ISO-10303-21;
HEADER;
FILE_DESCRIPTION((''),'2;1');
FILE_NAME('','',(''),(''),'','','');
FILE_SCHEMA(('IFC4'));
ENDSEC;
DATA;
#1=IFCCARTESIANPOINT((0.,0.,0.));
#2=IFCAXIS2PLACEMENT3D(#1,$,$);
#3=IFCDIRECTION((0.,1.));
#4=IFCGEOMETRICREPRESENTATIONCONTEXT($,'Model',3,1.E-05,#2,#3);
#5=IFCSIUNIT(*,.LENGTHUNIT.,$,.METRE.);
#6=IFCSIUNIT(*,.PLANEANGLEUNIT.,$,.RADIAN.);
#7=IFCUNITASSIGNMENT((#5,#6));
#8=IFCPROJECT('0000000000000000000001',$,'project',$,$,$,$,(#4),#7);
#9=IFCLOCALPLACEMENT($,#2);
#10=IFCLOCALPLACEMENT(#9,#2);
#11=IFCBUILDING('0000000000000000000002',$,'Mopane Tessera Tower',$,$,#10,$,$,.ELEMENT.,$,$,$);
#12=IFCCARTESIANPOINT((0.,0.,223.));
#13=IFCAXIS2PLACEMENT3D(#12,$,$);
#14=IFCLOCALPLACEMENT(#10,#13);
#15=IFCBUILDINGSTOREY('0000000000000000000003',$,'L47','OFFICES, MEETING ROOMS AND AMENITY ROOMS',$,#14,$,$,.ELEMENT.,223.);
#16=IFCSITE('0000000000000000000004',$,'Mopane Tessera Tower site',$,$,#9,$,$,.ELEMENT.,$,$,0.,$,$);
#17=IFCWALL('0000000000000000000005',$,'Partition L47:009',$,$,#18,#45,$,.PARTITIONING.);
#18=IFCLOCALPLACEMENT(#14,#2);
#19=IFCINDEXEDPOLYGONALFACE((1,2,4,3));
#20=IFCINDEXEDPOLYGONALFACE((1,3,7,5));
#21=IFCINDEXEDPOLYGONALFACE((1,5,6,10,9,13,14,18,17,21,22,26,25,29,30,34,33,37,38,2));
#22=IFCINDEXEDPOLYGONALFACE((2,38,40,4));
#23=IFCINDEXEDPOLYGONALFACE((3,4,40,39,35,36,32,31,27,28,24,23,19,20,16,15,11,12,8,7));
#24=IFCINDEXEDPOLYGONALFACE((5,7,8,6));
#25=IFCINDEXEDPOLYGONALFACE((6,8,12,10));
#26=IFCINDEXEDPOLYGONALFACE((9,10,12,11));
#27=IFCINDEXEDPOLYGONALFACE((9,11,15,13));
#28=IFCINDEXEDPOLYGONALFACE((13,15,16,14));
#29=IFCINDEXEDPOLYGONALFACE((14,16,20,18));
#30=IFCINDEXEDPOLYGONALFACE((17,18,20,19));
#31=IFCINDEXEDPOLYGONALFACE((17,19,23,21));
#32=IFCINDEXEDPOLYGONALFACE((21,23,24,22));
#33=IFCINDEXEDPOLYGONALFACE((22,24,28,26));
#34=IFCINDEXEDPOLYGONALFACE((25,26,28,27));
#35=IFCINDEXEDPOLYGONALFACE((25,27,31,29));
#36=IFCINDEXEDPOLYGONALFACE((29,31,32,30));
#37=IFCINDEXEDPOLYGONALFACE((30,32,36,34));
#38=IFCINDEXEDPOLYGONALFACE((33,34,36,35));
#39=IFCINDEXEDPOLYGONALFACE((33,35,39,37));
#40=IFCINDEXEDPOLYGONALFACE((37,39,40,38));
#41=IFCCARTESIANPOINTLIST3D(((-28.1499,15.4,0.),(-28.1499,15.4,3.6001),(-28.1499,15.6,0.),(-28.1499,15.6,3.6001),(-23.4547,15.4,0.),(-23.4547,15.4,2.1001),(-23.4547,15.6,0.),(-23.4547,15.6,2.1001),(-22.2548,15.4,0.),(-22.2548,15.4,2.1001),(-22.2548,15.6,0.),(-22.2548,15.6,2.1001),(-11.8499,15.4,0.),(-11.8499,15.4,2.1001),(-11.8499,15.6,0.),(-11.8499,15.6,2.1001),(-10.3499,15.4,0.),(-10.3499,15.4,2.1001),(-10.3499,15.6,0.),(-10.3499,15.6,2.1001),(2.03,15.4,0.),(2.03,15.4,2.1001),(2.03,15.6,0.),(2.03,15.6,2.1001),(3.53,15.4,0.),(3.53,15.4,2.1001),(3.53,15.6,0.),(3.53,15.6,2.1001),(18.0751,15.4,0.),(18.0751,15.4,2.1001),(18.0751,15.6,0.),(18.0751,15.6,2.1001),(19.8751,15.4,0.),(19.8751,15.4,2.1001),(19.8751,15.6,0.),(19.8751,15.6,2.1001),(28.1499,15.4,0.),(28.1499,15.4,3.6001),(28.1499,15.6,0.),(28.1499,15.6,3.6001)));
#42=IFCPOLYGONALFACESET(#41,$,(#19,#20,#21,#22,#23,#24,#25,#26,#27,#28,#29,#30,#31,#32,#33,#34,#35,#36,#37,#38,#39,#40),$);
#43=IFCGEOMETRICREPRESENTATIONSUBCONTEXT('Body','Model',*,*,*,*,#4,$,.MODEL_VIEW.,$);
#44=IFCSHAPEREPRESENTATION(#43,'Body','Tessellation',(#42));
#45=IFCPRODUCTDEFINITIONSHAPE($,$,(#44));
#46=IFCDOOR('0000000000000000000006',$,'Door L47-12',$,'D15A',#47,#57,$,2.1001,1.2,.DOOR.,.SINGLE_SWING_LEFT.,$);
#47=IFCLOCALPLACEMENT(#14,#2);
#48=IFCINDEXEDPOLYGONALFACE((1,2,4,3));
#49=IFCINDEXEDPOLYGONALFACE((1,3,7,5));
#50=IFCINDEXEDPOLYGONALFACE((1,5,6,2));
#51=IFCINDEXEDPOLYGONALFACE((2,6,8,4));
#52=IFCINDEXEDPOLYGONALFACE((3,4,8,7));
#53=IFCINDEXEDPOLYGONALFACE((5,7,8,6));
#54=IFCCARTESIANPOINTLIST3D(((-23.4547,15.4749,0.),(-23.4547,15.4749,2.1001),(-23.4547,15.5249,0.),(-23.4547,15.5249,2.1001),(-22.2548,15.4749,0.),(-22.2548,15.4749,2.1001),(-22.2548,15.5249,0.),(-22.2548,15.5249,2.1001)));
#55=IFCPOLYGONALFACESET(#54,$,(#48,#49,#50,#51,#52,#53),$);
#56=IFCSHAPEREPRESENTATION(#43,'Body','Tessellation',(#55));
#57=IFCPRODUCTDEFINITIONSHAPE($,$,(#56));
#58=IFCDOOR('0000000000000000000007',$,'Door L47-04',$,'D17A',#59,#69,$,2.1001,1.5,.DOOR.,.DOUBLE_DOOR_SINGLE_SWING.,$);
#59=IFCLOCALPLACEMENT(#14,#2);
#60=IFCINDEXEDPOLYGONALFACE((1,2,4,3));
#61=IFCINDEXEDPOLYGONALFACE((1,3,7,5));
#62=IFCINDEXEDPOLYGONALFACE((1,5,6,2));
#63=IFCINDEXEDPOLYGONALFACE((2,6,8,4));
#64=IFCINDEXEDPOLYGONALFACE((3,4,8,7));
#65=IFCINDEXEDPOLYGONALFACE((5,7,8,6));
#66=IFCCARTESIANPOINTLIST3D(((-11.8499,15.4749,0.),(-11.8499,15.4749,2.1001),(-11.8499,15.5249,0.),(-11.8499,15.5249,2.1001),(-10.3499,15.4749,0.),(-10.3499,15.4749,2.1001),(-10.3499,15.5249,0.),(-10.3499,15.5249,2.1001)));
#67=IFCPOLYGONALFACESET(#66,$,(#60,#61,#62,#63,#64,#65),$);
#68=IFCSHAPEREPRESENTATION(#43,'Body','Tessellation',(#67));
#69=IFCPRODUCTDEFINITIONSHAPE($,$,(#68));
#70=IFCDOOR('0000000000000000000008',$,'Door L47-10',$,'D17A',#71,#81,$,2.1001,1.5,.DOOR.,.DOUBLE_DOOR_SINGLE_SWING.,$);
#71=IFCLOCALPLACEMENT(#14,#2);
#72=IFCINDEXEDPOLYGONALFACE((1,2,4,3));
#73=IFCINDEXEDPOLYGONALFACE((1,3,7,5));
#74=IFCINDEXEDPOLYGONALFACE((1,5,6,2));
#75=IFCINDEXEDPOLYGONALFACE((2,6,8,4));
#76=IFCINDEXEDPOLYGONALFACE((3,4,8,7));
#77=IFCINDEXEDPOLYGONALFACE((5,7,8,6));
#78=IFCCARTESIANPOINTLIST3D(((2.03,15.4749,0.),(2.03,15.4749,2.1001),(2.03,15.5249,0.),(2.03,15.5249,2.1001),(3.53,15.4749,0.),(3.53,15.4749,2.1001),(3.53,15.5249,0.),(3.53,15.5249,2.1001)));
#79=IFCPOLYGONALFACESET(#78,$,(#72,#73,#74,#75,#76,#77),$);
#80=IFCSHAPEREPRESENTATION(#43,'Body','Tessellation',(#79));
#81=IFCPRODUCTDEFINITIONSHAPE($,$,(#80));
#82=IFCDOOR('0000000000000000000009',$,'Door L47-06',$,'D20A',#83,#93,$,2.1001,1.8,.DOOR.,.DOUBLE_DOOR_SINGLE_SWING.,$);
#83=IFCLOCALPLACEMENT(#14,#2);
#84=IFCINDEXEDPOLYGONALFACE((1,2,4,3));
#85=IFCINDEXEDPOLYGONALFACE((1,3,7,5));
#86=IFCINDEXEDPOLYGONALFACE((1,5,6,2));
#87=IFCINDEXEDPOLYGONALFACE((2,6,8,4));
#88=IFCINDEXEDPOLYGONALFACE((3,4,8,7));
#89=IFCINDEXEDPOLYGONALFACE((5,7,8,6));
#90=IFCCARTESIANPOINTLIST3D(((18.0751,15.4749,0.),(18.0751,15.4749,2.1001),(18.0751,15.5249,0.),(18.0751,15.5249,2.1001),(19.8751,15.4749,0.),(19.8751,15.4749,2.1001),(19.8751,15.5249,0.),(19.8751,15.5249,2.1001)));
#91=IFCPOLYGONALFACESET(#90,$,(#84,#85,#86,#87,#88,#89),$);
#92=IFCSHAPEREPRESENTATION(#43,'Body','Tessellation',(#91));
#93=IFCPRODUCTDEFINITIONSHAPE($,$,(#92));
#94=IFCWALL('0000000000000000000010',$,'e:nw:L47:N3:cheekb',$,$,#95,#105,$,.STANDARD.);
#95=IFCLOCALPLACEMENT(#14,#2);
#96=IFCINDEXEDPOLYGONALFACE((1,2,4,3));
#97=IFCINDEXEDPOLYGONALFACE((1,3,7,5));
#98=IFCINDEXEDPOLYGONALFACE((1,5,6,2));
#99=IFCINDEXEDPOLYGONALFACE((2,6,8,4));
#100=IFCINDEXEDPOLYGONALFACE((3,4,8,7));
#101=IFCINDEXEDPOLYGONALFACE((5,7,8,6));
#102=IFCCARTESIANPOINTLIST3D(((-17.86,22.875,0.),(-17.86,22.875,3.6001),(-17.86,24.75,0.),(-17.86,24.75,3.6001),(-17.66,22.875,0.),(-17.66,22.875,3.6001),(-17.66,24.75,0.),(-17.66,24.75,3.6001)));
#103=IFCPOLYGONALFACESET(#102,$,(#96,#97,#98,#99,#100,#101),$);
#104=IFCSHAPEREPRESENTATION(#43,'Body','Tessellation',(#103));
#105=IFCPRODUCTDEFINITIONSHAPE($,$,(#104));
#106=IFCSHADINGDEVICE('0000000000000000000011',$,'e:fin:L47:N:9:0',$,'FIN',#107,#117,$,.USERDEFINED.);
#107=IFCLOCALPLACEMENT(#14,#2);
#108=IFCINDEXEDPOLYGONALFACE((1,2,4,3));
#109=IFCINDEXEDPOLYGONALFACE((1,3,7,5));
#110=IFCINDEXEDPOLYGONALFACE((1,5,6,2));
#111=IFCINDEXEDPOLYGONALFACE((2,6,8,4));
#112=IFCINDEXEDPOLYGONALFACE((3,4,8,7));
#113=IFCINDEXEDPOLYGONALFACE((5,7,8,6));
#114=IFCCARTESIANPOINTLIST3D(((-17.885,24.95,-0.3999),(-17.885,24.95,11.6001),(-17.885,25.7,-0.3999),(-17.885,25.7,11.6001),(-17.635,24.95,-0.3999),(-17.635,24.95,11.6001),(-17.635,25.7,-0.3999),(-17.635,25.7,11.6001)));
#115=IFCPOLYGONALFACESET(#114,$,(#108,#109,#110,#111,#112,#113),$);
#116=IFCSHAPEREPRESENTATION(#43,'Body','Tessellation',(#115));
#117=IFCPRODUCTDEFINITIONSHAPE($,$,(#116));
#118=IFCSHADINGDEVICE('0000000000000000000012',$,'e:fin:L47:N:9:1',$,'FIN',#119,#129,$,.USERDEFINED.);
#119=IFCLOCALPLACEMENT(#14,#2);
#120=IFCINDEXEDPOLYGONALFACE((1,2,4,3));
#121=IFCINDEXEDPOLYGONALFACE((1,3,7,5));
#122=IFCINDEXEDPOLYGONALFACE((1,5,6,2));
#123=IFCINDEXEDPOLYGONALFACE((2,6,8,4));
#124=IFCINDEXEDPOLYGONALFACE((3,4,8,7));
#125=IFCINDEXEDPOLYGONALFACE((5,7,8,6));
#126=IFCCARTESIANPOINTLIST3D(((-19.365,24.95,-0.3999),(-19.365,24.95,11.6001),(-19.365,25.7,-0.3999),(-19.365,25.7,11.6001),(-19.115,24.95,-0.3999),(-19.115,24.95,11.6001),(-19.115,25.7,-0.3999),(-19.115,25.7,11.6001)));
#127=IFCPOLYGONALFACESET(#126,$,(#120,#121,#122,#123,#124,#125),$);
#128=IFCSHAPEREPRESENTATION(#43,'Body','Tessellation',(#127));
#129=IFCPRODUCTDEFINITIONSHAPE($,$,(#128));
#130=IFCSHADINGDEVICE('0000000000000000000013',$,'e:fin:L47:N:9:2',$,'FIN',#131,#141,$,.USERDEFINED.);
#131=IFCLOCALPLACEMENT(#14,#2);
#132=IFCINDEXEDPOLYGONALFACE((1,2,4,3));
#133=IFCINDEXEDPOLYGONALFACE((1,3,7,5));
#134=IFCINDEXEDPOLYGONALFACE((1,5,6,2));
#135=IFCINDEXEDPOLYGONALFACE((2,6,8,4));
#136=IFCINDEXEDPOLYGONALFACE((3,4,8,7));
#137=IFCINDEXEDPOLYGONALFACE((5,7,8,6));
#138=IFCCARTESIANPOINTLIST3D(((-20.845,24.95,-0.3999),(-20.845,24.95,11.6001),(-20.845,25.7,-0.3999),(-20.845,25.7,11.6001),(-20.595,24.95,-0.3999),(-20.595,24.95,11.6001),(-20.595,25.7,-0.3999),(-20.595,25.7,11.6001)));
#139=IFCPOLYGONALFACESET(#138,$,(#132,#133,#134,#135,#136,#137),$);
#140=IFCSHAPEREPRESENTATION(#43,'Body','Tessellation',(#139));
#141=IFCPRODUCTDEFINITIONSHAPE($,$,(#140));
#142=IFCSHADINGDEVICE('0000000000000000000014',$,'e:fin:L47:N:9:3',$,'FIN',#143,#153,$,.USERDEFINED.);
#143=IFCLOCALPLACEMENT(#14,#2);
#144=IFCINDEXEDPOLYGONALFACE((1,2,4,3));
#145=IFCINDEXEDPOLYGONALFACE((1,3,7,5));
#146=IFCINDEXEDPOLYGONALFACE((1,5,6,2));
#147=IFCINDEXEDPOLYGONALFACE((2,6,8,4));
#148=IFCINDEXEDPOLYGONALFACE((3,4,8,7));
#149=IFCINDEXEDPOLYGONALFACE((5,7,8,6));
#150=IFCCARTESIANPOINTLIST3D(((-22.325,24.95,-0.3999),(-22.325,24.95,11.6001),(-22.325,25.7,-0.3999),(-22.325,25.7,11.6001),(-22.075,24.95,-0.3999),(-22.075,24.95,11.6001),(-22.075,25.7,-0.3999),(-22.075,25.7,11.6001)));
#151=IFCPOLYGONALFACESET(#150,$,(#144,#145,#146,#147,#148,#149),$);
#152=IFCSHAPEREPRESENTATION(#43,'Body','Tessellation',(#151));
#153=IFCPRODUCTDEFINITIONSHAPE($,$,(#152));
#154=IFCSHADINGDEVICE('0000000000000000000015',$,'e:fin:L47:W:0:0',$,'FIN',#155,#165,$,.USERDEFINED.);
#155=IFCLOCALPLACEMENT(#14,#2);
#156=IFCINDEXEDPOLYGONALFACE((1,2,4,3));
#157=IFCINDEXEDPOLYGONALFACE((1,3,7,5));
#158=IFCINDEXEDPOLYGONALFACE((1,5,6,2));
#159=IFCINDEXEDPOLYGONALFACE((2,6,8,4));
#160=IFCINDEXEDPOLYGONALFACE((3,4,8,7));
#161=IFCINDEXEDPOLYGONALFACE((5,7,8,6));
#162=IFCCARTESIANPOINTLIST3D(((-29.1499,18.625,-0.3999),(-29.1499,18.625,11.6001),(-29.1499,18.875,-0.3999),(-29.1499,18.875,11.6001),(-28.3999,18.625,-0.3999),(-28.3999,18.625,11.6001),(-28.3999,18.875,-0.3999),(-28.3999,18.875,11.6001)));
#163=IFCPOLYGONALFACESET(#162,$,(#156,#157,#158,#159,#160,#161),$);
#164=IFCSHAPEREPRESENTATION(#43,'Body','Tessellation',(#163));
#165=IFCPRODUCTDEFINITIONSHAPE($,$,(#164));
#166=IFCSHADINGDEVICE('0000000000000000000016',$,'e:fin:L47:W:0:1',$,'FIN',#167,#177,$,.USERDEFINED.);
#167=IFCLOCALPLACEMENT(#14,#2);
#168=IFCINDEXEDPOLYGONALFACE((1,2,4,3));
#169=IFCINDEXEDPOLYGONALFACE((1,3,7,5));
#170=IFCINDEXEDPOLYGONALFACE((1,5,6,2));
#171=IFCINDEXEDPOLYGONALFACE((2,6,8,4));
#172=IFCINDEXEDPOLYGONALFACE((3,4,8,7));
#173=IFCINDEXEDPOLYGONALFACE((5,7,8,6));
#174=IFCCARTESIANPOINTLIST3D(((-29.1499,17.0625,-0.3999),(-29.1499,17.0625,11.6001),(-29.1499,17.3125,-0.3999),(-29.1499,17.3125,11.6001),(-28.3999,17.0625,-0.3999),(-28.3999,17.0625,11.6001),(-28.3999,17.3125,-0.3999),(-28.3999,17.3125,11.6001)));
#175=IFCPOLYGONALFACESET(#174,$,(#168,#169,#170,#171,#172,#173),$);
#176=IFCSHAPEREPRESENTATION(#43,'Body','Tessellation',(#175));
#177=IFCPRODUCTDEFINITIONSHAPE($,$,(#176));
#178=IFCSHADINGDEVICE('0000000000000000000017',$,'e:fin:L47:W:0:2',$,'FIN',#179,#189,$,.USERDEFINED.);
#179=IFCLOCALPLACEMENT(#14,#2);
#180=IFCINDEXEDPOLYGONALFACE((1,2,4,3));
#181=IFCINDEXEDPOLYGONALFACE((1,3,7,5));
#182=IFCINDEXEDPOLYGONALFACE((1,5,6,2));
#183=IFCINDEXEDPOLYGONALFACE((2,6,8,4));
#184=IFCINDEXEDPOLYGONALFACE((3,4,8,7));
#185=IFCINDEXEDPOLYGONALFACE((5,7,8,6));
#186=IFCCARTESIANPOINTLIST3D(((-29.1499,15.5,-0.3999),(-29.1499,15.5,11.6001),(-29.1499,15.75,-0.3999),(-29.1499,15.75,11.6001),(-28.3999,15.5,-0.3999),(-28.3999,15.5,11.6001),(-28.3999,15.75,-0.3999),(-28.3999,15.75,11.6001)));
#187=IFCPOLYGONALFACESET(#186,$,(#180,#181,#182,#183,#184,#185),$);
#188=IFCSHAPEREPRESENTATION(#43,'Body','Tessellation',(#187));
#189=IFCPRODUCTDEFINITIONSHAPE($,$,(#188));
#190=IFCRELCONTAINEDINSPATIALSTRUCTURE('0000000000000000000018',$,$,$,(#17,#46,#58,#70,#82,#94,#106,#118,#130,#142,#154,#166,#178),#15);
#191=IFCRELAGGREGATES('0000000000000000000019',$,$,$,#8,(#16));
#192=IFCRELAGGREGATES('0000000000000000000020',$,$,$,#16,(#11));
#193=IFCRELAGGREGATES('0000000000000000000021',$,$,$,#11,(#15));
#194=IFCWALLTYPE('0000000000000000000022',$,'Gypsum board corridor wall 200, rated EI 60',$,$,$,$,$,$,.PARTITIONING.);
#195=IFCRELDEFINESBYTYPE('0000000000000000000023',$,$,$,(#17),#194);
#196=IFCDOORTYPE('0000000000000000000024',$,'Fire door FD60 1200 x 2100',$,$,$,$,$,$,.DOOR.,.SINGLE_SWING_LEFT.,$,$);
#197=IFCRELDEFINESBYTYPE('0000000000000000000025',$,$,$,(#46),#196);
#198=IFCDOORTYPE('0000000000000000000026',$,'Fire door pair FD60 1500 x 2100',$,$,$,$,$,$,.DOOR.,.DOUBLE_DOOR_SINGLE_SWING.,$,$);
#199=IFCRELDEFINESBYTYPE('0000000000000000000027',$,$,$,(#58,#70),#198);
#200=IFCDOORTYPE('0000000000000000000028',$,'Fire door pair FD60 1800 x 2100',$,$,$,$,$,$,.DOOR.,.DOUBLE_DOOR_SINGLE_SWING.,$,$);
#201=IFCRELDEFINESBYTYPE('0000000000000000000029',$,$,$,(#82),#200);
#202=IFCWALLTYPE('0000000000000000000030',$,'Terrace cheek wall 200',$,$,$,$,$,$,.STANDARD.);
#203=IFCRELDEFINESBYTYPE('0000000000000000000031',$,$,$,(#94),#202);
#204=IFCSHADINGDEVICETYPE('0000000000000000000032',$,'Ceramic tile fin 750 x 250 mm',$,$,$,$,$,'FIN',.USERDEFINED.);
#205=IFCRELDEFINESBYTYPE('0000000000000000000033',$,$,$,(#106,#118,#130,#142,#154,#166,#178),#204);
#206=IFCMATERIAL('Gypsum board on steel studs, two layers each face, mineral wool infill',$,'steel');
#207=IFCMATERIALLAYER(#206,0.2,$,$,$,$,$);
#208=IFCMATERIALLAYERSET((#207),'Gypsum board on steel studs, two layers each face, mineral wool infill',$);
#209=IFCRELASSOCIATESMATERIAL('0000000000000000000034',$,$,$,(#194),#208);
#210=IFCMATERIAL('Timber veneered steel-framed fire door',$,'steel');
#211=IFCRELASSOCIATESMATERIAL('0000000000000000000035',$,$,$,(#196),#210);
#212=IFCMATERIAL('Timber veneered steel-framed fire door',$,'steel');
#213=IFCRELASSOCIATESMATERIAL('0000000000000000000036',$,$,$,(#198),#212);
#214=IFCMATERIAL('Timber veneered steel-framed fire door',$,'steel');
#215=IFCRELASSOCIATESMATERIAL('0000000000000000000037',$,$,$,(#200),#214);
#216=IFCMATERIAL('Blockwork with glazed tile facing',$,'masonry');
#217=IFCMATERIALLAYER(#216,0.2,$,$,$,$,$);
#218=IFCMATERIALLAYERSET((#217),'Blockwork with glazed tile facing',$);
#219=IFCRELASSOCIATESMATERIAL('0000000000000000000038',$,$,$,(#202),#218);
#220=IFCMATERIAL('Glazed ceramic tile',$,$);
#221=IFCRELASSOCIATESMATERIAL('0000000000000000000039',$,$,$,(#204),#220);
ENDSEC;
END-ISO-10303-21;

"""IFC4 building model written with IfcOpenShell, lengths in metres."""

from ifc_helpers import new_model, si_unit, direction, frame, frame_2d, origin, origin_2d, place, context, subcontext, project, spatial, rectangle, extrude, material, layer, layer_set, type_object, element, fill, save


model = new_model("IFC4")

# Units and contexts
model_context = context("Model", 3, precision=1e-05, world=origin(), true_north=direction((0.0, 1.0)))
body_context = subcontext(model_context, "Body", "Model", "MODEL_VIEW")
ifc_project = project(units=[si_unit("LENGTHUNIT", "METRE"), si_unit("PLANEANGLEUNIT", "RADIAN")], contexts=[model_context])

# Site, building, storey
site_placement = place(None, origin())
site = spatial("IfcSite", under=ifc_project, at=site_placement, Name="Mopane Tessera Tower site", CompositionType="ELEMENT", RefElevation=0.0)
building_placement = place(site_placement, origin())
building = spatial("IfcBuilding", under=site, at=building_placement, Name="Mopane Tessera Tower", CompositionType="ELEMENT")
storey_placement = place(building_placement, frame((0.0, 0.0, 223.0)))
storey = spatial("IfcBuildingStorey", under=building, at=storey_placement, Name="L47", Description="OFFICES, MEETING ROOMS AND AMENITY ROOMS", CompositionType="ELEMENT", Elevation=223.0)

# Wall, openings, doors
ifc_material_1 = material(Name="Gypsum board on steel studs, two layers each face, mineral wool infill", Category="steel")
ifc_layer_1 = layer(ifc_material_1, 0.2)
ifc_layer_set_1 = layer_set([ifc_layer_1], Name="Gypsum board on steel studs, two layers each face, mineral wool infill")
wall_type_1 = type_object("IfcWallType", Name="Gypsum board corridor wall 200, rated EI 60", PredefinedType="PARTITIONING", material=ifc_layer_set_1)
wall_1_placement = place(storey_placement, frame((-28.1499, 15.5, 0.0), z_axis=(0.0, 0.0, 1.0), x_axis=(1.0, 0.0, 0.0)))
wall_1 = element("IfcWall", 1, at=wall_1_placement, inside=storey, type_object=wall_type_1, Name="Partition L47:009", PredefinedType="PARTITIONING", context=body_context, shape_type="SweptSolid", body=[
    extrude(rectangle(XDim=56.2998, YDim=0.2, at=frame_2d((28.1499, 0.0))), origin(), (0.0, 0.0, 1.0), 3.6001),
])
opening_1_placement = place(wall_1_placement, frame((16.3, 0.0, 0.0)))
opening_1 = element("IfcOpeningElement", 2, at=opening_1_placement, cuts=wall_1, PredefinedType="OPENING", context=body_context, shape_type="SweptSolid", body=[
    extrude(rectangle(XDim=1.5, YDim=2.1001, at=frame_2d((0.75, 1.05))), frame((0.0, 0.1121, 0.0), z_axis=(0.0, -1.0, 0.0), x_axis=(1.0, 0.0, 0.0)), (0.0, 0.0, 1.0), 0.2239),
])
opening_2_placement = place(wall_1_placement, frame((46.2251, 0.0, 0.0)))
opening_2 = element("IfcOpeningElement", 3, at=opening_2_placement, cuts=wall_1, PredefinedType="OPENING", context=body_context, shape_type="SweptSolid", body=[
    extrude(rectangle(XDim=1.8, YDim=2.1001, at=frame_2d((0.8999, 1.05))), frame((0.0, 0.1121, 0.0), z_axis=(0.0, -1.0, 0.0), x_axis=(1.0, 0.0, 0.0)), (0.0, 0.0, 1.0), 0.2239),
])
opening_3_placement = place(wall_1_placement, frame((30.1799, 0.0, 0.0)))
opening_3 = element("IfcOpeningElement", 4, at=opening_3_placement, cuts=wall_1, PredefinedType="OPENING", context=body_context, shape_type="SweptSolid", body=[
    extrude(rectangle(XDim=1.5, YDim=2.1001, at=frame_2d((0.75, 1.05))), frame((0.0, 0.1121, 0.0), z_axis=(0.0, -1.0, 0.0), x_axis=(1.0, 0.0, 0.0)), (0.0, 0.0, 1.0), 0.2239),
])
opening_4_placement = place(wall_1_placement, frame((4.6951, 0.0, 0.0)))
opening_4 = element("IfcOpeningElement", 5, at=opening_4_placement, cuts=wall_1, PredefinedType="OPENING", context=body_context, shape_type="SweptSolid", body=[
    extrude(rectangle(XDim=1.2, YDim=2.1001, at=frame_2d((0.6001, 1.05))), frame((0.0, 0.1121, 0.0), z_axis=(0.0, -1.0, 0.0), x_axis=(1.0, 0.0, 0.0)), (0.0, 0.0, 1.0), 0.2239),
])
ifc_material_2 = material(Name="Timber veneered steel-framed fire door", Category="steel")
door_type_1 = type_object("IfcDoorType", Name="Fire door FD60 1200 x 2100", OperationType="SINGLE_SWING_LEFT", PredefinedType="DOOR", material=ifc_material_2)
door_1_placement = place(opening_4_placement, origin())
door_1 = element("IfcDoor", 6, at=door_1_placement, inside=storey, type_object=door_type_1, Name="Door L47-12", ObjectType="D15A", OperationType="SINGLE_SWING_LEFT", OverallHeight=2.1001, OverallWidth=1.2, PredefinedType="DOOR", context=body_context, shape_type="SweptSolid", body=[
    extrude(rectangle(XDim=1.2, YDim=2.1001, at=frame_2d((0.6001, 1.05))), frame((0.0, 0.0249, 0.0), z_axis=(0.0, -1.0, 0.0), x_axis=(1.0, 0.0, 0.0)), (0.0, 0.0, 1.0), 0.05),
])
fill(opening_4, door_1)
ifc_material_3 = material(Name="Timber veneered steel-framed fire door", Category="steel")
door_type_2 = type_object("IfcDoorType", Name="Fire door pair FD60 1500 x 2100", OperationType="DOUBLE_DOOR_SINGLE_SWING", PredefinedType="DOOR", material=ifc_material_3)
door_2_placement = place(opening_1_placement, origin())
door_2 = element("IfcDoor", 7, at=door_2_placement, inside=storey, type_object=door_type_2, Name="Door L47-04", ObjectType="D17A", OperationType="DOUBLE_DOOR_SINGLE_SWING", OverallHeight=2.1001, OverallWidth=1.5, PredefinedType="DOOR", context=body_context, shape_type="SweptSolid", body=[
    extrude(rectangle(XDim=1.5, YDim=2.1001, at=frame_2d((0.75, 1.05))), frame((0.0, 0.0249, 0.0), z_axis=(0.0, -1.0, 0.0), x_axis=(1.0, 0.0, 0.0)), (0.0, 0.0, 1.0), 0.05),
])
fill(opening_1, door_2)
door_3_placement = place(opening_3_placement, origin())
door_3 = element("IfcDoor", 8, at=door_3_placement, inside=storey, type_object=door_type_2, Name="Door L47-10", ObjectType="D17A", OperationType="DOUBLE_DOOR_SINGLE_SWING", OverallHeight=2.1001, OverallWidth=1.5, PredefinedType="DOOR", context=body_context, shape_type="SweptSolid", body=[
    extrude(rectangle(XDim=1.5, YDim=2.1001, at=frame_2d((0.75, 1.05))), frame((0.0, 0.0249, 0.0), z_axis=(0.0, -1.0, 0.0), x_axis=(1.0, 0.0, 0.0)), (0.0, 0.0, 1.0), 0.05),
])
fill(opening_3, door_3)
ifc_material_4 = material(Name="Timber veneered steel-framed fire door", Category="steel")
door_type_3 = type_object("IfcDoorType", Name="Fire door pair FD60 1800 x 2100", OperationType="DOUBLE_DOOR_SINGLE_SWING", PredefinedType="DOOR", material=ifc_material_4)
door_4_placement = place(opening_2_placement, origin())
door_4 = element("IfcDoor", 9, at=door_4_placement, inside=storey, type_object=door_type_3, Name="Door L47-06", ObjectType="D20A", OperationType="DOUBLE_DOOR_SINGLE_SWING", OverallHeight=2.1001, OverallWidth=1.8, PredefinedType="DOOR", context=body_context, shape_type="SweptSolid", body=[
    extrude(rectangle(XDim=1.8, YDim=2.1001, at=frame_2d((0.8999, 1.05))), frame((0.0, 0.0249, 0.0), z_axis=(0.0, -1.0, 0.0), x_axis=(1.0, 0.0, 0.0)), (0.0, 0.0, 1.0), 0.05),
])
fill(opening_2, door_4)

# Wall
ifc_material_5 = material(Name="Blockwork with glazed tile facing", Category="masonry")
ifc_layer_2 = layer(ifc_material_5, 0.2)
ifc_layer_set_2 = layer_set([ifc_layer_2], Name="Blockwork with glazed tile facing")
wall_type_2 = type_object("IfcWallType", Name="Terrace cheek wall 200", PredefinedType="STANDARD", material=ifc_layer_set_2)
wall_2_placement = place(storey_placement, frame((-17.76, 24.75, 0.0), z_axis=(0.0, 0.0, 1.0), x_axis=(0.0, -1.0, 0.0)))
element("IfcWall", 10, at=wall_2_placement, inside=storey, type_object=wall_type_2, Name="e:nw:L47:N3:cheekb", PredefinedType="STANDARD", context=body_context, shape_type="SweptSolid", body=[
    extrude(rectangle(XDim=1.875, YDim=0.2, at=frame_2d((0.9375, 0.0))), origin(), (0.0, 0.0, 1.0), 3.6001),
])

# Shading devices
ifc_material_6 = material(Name="Glazed ceramic tile")
shading_device_type = type_object("IfcShadingDeviceType", Name="Ceramic tile fin 750 x 250 mm", ElementType="FIN", PredefinedType="USERDEFINED", material=ifc_material_6)
for number, where, z_axis, x_axis, name in (
    (11, (-17.76, 25.325, -0.3999), (0.0, 0.0, 1.0), (-1.0, 0.0, 0.0), "e:fin:L47:N:9:0"),
    (12, (-19.24, 25.325, -0.3999), (0.0, 0.0, 1.0), (-1.0, 0.0, 0.0), "e:fin:L47:N:9:1"),
    (13, (-20.72, 25.325, -0.3999), (0.0, 0.0, 1.0), (-1.0, 0.0, 0.0), "e:fin:L47:N:9:2"),
    (14, (-22.2, 25.325, -0.3999), (0.0, 0.0, 1.0), (-1.0, 0.0, 0.0), "e:fin:L47:N:9:3"),
    (15, (-28.7749, 18.75, -0.3999), (0.0, 0.0, 1.0), (0.0, -1.0, 0.0), "e:fin:L47:W:0:0"),
    (16, (-28.7749, 17.1875, -0.3999), (0.0, 0.0, 1.0), (0.0, -1.0, 0.0), "e:fin:L47:W:0:1"),
    (17, (-28.7749, 15.625, -0.3999), (0.0, 0.0, 1.0), (0.0, -1.0, 0.0), "e:fin:L47:W:0:2"),
):
    element("IfcShadingDevice", number, at=place(storey_placement, frame(where, z_axis=z_axis, x_axis=x_axis)), inside=storey, type_object=shading_device_type, Name=name, ObjectType="FIN", PredefinedType="USERDEFINED", context=body_context, shape_type="SweptSolid", body=[
        extrude(rectangle(XDim=0.25, YDim=0.75, at=origin_2d()), origin(), (0.0, 0.0, 1.0), 12.0),
    ])

save(model, "model.ifc")
